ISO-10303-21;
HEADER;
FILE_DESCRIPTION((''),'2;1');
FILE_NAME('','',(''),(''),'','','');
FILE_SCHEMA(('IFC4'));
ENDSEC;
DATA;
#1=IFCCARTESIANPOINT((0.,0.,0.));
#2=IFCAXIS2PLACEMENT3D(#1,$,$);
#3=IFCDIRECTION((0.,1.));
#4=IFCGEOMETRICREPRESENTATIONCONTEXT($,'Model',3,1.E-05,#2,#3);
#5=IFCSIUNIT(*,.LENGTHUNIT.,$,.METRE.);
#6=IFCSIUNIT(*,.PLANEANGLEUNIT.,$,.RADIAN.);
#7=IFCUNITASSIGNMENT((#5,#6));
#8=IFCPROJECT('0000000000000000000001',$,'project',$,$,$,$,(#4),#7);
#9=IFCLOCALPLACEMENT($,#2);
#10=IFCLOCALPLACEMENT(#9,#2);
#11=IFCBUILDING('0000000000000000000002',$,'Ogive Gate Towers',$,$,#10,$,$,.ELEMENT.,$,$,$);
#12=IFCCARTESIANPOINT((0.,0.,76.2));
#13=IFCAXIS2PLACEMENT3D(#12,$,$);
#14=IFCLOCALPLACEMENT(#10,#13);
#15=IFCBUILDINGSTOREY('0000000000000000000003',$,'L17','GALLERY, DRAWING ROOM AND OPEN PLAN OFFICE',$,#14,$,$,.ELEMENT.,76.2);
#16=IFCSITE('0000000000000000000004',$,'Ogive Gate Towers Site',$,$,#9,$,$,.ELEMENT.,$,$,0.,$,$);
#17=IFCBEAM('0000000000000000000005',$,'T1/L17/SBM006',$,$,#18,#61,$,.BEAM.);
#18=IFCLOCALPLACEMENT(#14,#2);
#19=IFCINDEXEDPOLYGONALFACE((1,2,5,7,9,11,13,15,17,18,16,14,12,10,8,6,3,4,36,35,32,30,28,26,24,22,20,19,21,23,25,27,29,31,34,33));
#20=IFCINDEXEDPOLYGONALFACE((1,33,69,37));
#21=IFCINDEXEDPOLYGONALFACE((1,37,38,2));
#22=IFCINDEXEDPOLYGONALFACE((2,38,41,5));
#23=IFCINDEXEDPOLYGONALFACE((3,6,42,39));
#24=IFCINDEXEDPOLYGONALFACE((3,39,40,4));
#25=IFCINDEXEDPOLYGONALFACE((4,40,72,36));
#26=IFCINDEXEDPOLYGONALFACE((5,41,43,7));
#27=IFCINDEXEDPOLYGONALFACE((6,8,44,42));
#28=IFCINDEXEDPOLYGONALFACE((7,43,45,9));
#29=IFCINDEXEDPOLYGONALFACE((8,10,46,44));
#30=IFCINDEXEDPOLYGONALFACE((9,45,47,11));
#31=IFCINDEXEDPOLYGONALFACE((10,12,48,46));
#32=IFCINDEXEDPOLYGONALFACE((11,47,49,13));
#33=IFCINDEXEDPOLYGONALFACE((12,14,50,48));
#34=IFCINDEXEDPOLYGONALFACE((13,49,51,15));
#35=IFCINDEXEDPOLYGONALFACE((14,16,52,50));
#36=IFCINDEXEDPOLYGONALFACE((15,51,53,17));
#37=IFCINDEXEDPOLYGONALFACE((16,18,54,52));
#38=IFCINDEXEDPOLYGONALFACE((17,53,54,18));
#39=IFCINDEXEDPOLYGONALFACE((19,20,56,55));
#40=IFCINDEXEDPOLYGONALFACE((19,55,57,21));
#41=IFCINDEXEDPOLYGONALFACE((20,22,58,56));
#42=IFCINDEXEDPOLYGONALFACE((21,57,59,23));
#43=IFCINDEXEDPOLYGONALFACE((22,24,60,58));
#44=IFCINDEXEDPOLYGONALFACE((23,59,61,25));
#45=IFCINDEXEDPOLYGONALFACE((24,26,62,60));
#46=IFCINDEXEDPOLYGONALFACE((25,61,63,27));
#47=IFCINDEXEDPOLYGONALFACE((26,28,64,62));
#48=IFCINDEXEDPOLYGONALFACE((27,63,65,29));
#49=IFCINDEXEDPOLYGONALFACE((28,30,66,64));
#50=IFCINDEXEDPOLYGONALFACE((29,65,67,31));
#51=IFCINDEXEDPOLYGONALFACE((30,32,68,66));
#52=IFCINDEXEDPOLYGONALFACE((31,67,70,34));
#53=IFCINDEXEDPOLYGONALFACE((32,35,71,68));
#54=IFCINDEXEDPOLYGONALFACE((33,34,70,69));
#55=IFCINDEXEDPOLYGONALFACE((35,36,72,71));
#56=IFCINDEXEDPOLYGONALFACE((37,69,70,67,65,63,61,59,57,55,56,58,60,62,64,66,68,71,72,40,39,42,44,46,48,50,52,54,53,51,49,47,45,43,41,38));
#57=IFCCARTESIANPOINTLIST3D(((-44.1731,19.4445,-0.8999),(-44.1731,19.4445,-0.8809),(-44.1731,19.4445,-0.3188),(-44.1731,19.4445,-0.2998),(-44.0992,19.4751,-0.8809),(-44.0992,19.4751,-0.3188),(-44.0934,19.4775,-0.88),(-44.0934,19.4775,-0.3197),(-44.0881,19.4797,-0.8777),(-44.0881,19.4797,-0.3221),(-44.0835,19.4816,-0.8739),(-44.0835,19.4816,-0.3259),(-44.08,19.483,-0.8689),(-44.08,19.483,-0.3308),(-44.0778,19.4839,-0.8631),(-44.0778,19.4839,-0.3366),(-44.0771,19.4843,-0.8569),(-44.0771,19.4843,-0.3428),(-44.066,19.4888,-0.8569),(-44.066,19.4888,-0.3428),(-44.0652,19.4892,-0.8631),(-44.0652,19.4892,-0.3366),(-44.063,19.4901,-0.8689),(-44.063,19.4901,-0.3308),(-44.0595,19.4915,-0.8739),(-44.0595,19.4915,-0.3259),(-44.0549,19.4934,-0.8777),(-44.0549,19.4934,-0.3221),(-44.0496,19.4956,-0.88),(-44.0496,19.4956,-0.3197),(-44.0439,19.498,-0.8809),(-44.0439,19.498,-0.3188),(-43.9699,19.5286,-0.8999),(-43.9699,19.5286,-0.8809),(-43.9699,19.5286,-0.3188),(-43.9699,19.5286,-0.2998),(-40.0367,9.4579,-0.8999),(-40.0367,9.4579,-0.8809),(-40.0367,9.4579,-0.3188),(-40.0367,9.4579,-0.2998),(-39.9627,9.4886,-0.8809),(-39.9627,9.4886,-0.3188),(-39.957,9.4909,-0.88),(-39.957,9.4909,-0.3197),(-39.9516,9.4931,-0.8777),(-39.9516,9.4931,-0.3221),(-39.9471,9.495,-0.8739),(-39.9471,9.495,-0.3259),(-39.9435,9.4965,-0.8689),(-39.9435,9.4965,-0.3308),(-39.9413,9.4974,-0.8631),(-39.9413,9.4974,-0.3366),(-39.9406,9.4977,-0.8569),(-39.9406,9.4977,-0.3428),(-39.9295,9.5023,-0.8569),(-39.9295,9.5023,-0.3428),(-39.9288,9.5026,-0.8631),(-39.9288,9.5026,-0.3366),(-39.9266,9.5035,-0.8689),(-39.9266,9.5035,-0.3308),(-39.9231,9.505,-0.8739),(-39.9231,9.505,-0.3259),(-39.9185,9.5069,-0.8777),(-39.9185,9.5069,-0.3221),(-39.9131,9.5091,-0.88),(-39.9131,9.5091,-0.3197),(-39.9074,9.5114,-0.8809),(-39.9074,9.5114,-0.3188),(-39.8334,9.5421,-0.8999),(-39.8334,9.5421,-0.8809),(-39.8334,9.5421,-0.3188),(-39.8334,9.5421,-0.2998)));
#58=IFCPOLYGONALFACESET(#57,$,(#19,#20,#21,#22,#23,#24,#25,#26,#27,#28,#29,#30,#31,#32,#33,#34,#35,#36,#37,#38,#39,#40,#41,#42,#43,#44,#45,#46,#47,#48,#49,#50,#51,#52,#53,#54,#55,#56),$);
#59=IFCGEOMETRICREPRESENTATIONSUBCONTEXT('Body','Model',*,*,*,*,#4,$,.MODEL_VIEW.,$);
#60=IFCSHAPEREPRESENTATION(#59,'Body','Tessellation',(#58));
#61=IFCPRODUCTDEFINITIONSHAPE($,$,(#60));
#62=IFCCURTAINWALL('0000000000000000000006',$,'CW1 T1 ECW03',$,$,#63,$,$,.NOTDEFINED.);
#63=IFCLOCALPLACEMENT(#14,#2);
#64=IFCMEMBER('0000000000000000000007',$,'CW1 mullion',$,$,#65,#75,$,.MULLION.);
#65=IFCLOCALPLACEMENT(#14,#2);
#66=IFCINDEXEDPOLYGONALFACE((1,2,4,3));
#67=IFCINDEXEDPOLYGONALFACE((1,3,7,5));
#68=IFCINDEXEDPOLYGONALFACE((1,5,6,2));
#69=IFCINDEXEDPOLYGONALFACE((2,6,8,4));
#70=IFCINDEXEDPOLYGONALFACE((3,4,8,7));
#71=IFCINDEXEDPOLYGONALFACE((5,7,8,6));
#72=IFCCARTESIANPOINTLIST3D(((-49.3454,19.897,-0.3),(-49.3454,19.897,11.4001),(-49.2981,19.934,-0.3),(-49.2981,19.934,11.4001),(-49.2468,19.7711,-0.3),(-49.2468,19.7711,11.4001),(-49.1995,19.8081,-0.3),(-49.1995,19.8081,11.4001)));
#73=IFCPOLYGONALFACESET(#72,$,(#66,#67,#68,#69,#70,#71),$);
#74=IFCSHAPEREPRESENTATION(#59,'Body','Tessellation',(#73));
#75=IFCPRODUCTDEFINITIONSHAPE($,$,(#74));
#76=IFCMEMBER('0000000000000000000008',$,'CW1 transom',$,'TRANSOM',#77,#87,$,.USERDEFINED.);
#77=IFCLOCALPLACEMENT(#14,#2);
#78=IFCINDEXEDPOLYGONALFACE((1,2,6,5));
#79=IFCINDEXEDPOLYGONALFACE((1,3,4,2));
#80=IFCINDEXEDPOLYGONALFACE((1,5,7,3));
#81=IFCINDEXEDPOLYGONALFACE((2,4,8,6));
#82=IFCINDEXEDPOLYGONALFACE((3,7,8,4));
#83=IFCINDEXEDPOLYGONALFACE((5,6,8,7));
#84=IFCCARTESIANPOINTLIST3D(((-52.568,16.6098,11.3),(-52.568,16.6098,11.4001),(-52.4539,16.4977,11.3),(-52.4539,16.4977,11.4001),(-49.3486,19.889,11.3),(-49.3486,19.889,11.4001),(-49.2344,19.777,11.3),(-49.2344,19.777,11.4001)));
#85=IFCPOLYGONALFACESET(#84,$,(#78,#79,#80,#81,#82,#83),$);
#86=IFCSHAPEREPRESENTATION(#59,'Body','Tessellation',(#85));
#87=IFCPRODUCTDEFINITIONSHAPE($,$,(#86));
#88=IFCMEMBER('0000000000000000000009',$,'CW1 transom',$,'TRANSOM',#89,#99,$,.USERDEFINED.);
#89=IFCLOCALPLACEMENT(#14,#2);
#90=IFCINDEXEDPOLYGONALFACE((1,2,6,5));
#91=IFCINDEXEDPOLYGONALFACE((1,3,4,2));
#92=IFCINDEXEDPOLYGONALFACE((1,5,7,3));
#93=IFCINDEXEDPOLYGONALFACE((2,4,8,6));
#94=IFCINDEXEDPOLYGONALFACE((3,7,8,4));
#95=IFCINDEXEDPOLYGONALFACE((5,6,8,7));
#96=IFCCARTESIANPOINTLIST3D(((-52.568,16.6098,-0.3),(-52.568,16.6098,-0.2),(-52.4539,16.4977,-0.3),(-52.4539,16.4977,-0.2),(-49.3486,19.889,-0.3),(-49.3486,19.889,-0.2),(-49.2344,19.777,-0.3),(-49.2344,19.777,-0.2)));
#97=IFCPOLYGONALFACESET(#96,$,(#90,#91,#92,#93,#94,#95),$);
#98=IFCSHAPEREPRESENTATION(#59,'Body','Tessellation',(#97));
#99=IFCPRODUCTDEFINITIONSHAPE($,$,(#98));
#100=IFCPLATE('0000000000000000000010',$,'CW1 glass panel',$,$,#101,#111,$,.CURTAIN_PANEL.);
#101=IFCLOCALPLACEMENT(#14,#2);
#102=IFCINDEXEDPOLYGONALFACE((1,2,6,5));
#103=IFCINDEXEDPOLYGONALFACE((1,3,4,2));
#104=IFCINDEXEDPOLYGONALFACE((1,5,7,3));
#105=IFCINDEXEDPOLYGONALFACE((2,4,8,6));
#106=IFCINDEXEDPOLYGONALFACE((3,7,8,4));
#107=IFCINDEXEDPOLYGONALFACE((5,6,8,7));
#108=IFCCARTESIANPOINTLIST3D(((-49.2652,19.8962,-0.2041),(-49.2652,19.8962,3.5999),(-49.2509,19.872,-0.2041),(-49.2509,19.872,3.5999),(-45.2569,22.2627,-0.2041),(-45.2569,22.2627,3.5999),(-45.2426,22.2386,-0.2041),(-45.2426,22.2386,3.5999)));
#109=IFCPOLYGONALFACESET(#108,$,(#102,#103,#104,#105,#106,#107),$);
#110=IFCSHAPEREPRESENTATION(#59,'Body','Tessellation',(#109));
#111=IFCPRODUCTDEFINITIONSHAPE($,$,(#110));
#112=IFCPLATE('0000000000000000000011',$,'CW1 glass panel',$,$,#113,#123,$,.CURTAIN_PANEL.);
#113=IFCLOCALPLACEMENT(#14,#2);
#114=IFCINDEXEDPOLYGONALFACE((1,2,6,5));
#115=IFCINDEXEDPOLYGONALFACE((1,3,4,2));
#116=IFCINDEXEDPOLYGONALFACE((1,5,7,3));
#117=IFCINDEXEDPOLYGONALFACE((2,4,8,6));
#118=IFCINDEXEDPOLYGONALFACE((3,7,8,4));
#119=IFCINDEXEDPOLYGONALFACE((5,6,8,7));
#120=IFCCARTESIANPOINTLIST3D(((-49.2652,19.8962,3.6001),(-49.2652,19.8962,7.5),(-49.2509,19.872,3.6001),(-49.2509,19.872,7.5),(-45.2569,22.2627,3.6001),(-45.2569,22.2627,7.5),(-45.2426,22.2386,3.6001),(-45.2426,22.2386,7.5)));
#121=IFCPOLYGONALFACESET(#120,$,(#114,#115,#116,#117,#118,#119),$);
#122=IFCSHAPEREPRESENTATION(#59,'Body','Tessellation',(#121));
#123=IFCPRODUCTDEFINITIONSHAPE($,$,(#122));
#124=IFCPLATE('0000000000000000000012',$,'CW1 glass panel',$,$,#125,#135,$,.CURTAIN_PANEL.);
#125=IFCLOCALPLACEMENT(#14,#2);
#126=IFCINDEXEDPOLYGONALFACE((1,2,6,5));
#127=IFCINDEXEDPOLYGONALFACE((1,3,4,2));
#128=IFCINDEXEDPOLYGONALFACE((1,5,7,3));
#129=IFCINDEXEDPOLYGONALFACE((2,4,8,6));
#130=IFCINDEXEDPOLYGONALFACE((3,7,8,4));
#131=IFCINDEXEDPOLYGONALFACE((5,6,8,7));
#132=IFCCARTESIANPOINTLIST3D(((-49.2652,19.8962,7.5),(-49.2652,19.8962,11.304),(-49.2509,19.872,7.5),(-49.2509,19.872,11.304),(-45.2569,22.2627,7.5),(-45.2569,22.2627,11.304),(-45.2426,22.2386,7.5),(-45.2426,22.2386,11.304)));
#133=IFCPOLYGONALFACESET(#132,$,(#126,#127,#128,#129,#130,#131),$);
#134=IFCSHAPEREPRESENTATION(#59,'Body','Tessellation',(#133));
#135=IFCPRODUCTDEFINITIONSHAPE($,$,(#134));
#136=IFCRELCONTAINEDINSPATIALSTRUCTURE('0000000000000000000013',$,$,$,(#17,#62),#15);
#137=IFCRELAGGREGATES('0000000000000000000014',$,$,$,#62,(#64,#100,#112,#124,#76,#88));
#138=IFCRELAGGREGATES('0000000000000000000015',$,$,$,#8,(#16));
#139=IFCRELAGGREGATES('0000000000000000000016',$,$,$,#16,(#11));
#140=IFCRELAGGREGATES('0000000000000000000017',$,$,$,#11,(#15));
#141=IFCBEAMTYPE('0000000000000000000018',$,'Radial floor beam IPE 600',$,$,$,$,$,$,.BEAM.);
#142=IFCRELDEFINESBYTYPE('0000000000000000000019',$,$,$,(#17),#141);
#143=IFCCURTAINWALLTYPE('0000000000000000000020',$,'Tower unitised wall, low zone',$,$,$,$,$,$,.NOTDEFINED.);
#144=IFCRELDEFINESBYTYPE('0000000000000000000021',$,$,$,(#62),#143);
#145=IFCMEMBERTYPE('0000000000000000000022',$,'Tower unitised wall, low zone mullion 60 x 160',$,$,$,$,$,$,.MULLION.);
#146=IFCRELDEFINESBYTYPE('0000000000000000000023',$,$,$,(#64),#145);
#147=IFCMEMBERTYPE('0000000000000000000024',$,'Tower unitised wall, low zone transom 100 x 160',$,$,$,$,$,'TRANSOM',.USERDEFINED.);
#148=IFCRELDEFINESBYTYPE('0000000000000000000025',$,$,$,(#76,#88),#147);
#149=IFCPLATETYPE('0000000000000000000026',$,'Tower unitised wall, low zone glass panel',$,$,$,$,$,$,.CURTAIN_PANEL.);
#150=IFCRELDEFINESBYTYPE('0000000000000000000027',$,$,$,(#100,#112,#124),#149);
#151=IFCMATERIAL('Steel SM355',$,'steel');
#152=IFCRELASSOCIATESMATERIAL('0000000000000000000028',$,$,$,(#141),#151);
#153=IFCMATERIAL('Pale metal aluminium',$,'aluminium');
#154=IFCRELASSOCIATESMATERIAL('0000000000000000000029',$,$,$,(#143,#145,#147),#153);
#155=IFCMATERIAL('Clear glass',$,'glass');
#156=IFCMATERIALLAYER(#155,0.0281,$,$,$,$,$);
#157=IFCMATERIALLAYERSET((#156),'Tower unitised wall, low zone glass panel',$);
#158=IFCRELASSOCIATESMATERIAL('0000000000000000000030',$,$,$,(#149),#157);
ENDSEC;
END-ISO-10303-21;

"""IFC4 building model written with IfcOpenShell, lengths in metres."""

from ifc_helpers import new_model, si_unit, direction, frame, origin, origin_2d, place, context, subcontext, project, spatial, rectangle, i_section, extrude, material, layer, layer_set, material_profile, profile_set, type_object, element, aggregate, save


model = new_model("IFC4")

# Units and contexts
model_context = context("Model", 3, precision=1e-05, world=origin(), true_north=direction((0.0, 1.0)))
body_context = subcontext(model_context, "Body", "Model", "MODEL_VIEW")
ifc_project = project(units=[si_unit("LENGTHUNIT", "METRE"), si_unit("PLANEANGLEUNIT", "RADIAN")], contexts=[model_context])

# Site, building, storey
site_placement = place(None, origin())
site = spatial("IfcSite", under=ifc_project, at=site_placement, Name="Ogive Gate Towers Site", CompositionType="ELEMENT", RefElevation=0.0)
building_placement = place(site_placement, origin())
building = spatial("IfcBuilding", under=site, at=building_placement, Name="Ogive Gate Towers", CompositionType="ELEMENT")
storey_placement = place(building_placement, frame((0.0, 0.0, 76.2)))
storey = spatial("IfcBuildingStorey", under=building, at=storey_placement, Name="L17", Description="GALLERY, DRAWING ROOM AND OPEN PLAN OFFICE", CompositionType="ELEMENT", Elevation=76.2)

# Beam
ifc_material_1 = material(Name="Steel SM355", Category="steel")
ifc_material_profile_1 = material_profile(ifc_material_1, i_section(OverallWidth=0.22, OverallDepth=0.6001, WebThickness=0.012, FlangeThickness=0.019, FilletRadius=0.0239, at=origin_2d()), Name="IPE 600")
ifc_profile_set_1 = profile_set([ifc_material_profile_1], Name="Steel SM355")
beam_type = type_object("IfcBeamType", Name="Radial floor beam IPE 600", PredefinedType="BEAM", material=ifc_profile_set_1)
beam_placement = place(storey_placement, frame((-39.9351, 9.5, -0.5999), z_axis=(-0.382676, 0.923883, 0.0), x_axis=(-0.923883, -0.382676, 0.0)))
element("IfcBeam", 1, at=beam_placement, inside=storey, type_object=beam_type, Name="T1/L17/SBM006", PredefinedType="BEAM", context=body_context, shape_type="SweptSolid", body=[
    extrude(i_section(OverallWidth=0.22, OverallDepth=0.6001, WebThickness=0.012, FlangeThickness=0.019, FilletRadius=0.0239, at=origin_2d()), origin(), (0.0, 0.0, 1.0), 10.8093),
])

# Curtain wall, members, plates
ifc_material_2 = material(Name="Pale metal aluminium", Category="aluminium")
curtain_wall_type = type_object("IfcCurtainWallType", Name="Tower unitised wall, low zone", PredefinedType="NOTDEFINED", material=ifc_material_2)
curtain_wall_placement = place(storey_placement, origin())
curtain_wall = element("IfcCurtainWall", 2, at=curtain_wall_placement, inside=storey, type_object=curtain_wall_type, Name="CW1 T1 ECW03", PredefinedType="NOTDEFINED")
ifc_material_profile_2 = material_profile(ifc_material_2, rectangle(XDim=0.1599, YDim=0.0601, at=origin_2d()), Name="60 x 160 aluminium box")
ifc_profile_set_2 = profile_set([ifc_material_profile_2], Name="Pale metal aluminium")
member_type_1 = type_object("IfcMemberType", Name="Tower unitised wall, low zone mullion 60 x 160", PredefinedType="MULLION", material=ifc_profile_set_2)
member_1_placement = place(storey_placement, frame((-49.2725, 19.8525, -0.3), z_axis=(0.0, 0.0, 1.0), x_axis=(-0.616239, 0.787559, 0.0)))
member_1 = element("IfcMember", 3, at=member_1_placement, type_object=member_type_1, Name="CW1 mullion", PredefinedType="MULLION", context=body_context, shape_type="SweptSolid", body=[
    extrude(rectangle(XDim=0.1599, YDim=0.0601, at=origin_2d()), origin(), (0.0, 0.0, 1.0), 11.7002),
])
ifc_material_profile_3 = material_profile(ifc_material_2, rectangle(XDim=0.1599, YDim=0.1001, at=origin_2d()), Name="100 x 160 aluminium box")
ifc_profile_set_3 = profile_set([ifc_material_profile_3], Name="Pale metal aluminium")
member_type_2 = type_object("IfcMemberType", Name="Tower unitised wall, low zone transom 100 x 160", ElementType="TRANSOM", PredefinedType="USERDEFINED", material=ifc_profile_set_3)
member_2_placement = place(storey_placement, frame((-49.2915, 19.833, 11.3501), z_axis=(-0.700569, -0.713585, 0.0), x_axis=(0.713585, -0.700569, 0.0)))
member_2 = element("IfcMember", 4, at=member_2_placement, type_object=member_type_2, Name="CW1 transom", ObjectType="TRANSOM", PredefinedType="USERDEFINED", context=body_context, shape_type="SweptSolid", body=[
    extrude(rectangle(XDim=0.1599, YDim=0.1001, at=origin_2d()), origin(), (0.0, 0.0, 1.0), 4.5955),
])
member_3_placement = place(storey_placement, frame((-49.2915, 19.833, -0.25), z_axis=(-0.700569, -0.713585, 0.0), x_axis=(0.713585, -0.700569, 0.0)))
member_3 = element("IfcMember", 5, at=member_3_placement, type_object=member_type_2, Name="CW1 transom", ObjectType="TRANSOM", PredefinedType="USERDEFINED", context=body_context, shape_type="SweptSolid", body=[
    extrude(rectangle(XDim=0.1599, YDim=0.1001, at=origin_2d()), origin(), (0.0, 0.0, 1.0), 4.5955),
])
ifc_material_3 = material(Name="Clear glass", Category="glass")
ifc_layer_1 = layer(ifc_material_3, 0.0281)
ifc_layer_set_1 = layer_set([ifc_layer_1], Name="Tower unitised wall, low zone glass panel")
plate_type = type_object("IfcPlateType", Name="Tower unitised wall, low zone glass panel", PredefinedType="CURTAIN_PANEL", material=ifc_layer_set_1)
plate_1_placement = place(storey_placement, frame((-47.2539, 21.0674, -0.2041), z_axis=(0.0, 0.0, 1.0), x_axis=(-0.861115, -0.50841, 0.0)))
plate_1 = element("IfcPlate", 6, at=plate_1_placement, type_object=plate_type, Name="CW1 glass panel", PredefinedType="CURTAIN_PANEL", context=body_context, shape_type="SweptSolid", body=[
    extrude(rectangle(XDim=4.6548, YDim=0.0281, at=origin_2d()), origin(), (0.0, 0.0, 1.0), 3.804),
])
plate_2_placement = place(storey_placement, frame((-47.2539, 21.0674, 3.6001), z_axis=(0.0, 0.0, 1.0), x_axis=(-0.861115, -0.50841, 0.0)))
plate_2 = element("IfcPlate", 7, at=plate_2_placement, type_object=plate_type, Name="CW1 glass panel", PredefinedType="CURTAIN_PANEL", context=body_context, shape_type="SweptSolid", body=[
    extrude(rectangle(XDim=4.6548, YDim=0.0281, at=origin_2d()), origin(), (0.0, 0.0, 1.0), 3.8999),
])
plate_3_placement = place(storey_placement, frame((-47.2539, 21.0674, 7.5), z_axis=(0.0, 0.0, 1.0), x_axis=(-0.861115, -0.50841, 0.0)))
plate_3 = element("IfcPlate", 8, at=plate_3_placement, type_object=plate_type, Name="CW1 glass panel", PredefinedType="CURTAIN_PANEL", context=body_context, shape_type="SweptSolid", body=[
    extrude(rectangle(XDim=4.6548, YDim=0.0281, at=origin_2d()), origin(), (0.0, 0.0, 1.0), 3.804),
])
aggregate(curtain_wall, [member_1, plate_1, plate_2, plate_3, member_2, member_3])

save(model, "model.ifc")
